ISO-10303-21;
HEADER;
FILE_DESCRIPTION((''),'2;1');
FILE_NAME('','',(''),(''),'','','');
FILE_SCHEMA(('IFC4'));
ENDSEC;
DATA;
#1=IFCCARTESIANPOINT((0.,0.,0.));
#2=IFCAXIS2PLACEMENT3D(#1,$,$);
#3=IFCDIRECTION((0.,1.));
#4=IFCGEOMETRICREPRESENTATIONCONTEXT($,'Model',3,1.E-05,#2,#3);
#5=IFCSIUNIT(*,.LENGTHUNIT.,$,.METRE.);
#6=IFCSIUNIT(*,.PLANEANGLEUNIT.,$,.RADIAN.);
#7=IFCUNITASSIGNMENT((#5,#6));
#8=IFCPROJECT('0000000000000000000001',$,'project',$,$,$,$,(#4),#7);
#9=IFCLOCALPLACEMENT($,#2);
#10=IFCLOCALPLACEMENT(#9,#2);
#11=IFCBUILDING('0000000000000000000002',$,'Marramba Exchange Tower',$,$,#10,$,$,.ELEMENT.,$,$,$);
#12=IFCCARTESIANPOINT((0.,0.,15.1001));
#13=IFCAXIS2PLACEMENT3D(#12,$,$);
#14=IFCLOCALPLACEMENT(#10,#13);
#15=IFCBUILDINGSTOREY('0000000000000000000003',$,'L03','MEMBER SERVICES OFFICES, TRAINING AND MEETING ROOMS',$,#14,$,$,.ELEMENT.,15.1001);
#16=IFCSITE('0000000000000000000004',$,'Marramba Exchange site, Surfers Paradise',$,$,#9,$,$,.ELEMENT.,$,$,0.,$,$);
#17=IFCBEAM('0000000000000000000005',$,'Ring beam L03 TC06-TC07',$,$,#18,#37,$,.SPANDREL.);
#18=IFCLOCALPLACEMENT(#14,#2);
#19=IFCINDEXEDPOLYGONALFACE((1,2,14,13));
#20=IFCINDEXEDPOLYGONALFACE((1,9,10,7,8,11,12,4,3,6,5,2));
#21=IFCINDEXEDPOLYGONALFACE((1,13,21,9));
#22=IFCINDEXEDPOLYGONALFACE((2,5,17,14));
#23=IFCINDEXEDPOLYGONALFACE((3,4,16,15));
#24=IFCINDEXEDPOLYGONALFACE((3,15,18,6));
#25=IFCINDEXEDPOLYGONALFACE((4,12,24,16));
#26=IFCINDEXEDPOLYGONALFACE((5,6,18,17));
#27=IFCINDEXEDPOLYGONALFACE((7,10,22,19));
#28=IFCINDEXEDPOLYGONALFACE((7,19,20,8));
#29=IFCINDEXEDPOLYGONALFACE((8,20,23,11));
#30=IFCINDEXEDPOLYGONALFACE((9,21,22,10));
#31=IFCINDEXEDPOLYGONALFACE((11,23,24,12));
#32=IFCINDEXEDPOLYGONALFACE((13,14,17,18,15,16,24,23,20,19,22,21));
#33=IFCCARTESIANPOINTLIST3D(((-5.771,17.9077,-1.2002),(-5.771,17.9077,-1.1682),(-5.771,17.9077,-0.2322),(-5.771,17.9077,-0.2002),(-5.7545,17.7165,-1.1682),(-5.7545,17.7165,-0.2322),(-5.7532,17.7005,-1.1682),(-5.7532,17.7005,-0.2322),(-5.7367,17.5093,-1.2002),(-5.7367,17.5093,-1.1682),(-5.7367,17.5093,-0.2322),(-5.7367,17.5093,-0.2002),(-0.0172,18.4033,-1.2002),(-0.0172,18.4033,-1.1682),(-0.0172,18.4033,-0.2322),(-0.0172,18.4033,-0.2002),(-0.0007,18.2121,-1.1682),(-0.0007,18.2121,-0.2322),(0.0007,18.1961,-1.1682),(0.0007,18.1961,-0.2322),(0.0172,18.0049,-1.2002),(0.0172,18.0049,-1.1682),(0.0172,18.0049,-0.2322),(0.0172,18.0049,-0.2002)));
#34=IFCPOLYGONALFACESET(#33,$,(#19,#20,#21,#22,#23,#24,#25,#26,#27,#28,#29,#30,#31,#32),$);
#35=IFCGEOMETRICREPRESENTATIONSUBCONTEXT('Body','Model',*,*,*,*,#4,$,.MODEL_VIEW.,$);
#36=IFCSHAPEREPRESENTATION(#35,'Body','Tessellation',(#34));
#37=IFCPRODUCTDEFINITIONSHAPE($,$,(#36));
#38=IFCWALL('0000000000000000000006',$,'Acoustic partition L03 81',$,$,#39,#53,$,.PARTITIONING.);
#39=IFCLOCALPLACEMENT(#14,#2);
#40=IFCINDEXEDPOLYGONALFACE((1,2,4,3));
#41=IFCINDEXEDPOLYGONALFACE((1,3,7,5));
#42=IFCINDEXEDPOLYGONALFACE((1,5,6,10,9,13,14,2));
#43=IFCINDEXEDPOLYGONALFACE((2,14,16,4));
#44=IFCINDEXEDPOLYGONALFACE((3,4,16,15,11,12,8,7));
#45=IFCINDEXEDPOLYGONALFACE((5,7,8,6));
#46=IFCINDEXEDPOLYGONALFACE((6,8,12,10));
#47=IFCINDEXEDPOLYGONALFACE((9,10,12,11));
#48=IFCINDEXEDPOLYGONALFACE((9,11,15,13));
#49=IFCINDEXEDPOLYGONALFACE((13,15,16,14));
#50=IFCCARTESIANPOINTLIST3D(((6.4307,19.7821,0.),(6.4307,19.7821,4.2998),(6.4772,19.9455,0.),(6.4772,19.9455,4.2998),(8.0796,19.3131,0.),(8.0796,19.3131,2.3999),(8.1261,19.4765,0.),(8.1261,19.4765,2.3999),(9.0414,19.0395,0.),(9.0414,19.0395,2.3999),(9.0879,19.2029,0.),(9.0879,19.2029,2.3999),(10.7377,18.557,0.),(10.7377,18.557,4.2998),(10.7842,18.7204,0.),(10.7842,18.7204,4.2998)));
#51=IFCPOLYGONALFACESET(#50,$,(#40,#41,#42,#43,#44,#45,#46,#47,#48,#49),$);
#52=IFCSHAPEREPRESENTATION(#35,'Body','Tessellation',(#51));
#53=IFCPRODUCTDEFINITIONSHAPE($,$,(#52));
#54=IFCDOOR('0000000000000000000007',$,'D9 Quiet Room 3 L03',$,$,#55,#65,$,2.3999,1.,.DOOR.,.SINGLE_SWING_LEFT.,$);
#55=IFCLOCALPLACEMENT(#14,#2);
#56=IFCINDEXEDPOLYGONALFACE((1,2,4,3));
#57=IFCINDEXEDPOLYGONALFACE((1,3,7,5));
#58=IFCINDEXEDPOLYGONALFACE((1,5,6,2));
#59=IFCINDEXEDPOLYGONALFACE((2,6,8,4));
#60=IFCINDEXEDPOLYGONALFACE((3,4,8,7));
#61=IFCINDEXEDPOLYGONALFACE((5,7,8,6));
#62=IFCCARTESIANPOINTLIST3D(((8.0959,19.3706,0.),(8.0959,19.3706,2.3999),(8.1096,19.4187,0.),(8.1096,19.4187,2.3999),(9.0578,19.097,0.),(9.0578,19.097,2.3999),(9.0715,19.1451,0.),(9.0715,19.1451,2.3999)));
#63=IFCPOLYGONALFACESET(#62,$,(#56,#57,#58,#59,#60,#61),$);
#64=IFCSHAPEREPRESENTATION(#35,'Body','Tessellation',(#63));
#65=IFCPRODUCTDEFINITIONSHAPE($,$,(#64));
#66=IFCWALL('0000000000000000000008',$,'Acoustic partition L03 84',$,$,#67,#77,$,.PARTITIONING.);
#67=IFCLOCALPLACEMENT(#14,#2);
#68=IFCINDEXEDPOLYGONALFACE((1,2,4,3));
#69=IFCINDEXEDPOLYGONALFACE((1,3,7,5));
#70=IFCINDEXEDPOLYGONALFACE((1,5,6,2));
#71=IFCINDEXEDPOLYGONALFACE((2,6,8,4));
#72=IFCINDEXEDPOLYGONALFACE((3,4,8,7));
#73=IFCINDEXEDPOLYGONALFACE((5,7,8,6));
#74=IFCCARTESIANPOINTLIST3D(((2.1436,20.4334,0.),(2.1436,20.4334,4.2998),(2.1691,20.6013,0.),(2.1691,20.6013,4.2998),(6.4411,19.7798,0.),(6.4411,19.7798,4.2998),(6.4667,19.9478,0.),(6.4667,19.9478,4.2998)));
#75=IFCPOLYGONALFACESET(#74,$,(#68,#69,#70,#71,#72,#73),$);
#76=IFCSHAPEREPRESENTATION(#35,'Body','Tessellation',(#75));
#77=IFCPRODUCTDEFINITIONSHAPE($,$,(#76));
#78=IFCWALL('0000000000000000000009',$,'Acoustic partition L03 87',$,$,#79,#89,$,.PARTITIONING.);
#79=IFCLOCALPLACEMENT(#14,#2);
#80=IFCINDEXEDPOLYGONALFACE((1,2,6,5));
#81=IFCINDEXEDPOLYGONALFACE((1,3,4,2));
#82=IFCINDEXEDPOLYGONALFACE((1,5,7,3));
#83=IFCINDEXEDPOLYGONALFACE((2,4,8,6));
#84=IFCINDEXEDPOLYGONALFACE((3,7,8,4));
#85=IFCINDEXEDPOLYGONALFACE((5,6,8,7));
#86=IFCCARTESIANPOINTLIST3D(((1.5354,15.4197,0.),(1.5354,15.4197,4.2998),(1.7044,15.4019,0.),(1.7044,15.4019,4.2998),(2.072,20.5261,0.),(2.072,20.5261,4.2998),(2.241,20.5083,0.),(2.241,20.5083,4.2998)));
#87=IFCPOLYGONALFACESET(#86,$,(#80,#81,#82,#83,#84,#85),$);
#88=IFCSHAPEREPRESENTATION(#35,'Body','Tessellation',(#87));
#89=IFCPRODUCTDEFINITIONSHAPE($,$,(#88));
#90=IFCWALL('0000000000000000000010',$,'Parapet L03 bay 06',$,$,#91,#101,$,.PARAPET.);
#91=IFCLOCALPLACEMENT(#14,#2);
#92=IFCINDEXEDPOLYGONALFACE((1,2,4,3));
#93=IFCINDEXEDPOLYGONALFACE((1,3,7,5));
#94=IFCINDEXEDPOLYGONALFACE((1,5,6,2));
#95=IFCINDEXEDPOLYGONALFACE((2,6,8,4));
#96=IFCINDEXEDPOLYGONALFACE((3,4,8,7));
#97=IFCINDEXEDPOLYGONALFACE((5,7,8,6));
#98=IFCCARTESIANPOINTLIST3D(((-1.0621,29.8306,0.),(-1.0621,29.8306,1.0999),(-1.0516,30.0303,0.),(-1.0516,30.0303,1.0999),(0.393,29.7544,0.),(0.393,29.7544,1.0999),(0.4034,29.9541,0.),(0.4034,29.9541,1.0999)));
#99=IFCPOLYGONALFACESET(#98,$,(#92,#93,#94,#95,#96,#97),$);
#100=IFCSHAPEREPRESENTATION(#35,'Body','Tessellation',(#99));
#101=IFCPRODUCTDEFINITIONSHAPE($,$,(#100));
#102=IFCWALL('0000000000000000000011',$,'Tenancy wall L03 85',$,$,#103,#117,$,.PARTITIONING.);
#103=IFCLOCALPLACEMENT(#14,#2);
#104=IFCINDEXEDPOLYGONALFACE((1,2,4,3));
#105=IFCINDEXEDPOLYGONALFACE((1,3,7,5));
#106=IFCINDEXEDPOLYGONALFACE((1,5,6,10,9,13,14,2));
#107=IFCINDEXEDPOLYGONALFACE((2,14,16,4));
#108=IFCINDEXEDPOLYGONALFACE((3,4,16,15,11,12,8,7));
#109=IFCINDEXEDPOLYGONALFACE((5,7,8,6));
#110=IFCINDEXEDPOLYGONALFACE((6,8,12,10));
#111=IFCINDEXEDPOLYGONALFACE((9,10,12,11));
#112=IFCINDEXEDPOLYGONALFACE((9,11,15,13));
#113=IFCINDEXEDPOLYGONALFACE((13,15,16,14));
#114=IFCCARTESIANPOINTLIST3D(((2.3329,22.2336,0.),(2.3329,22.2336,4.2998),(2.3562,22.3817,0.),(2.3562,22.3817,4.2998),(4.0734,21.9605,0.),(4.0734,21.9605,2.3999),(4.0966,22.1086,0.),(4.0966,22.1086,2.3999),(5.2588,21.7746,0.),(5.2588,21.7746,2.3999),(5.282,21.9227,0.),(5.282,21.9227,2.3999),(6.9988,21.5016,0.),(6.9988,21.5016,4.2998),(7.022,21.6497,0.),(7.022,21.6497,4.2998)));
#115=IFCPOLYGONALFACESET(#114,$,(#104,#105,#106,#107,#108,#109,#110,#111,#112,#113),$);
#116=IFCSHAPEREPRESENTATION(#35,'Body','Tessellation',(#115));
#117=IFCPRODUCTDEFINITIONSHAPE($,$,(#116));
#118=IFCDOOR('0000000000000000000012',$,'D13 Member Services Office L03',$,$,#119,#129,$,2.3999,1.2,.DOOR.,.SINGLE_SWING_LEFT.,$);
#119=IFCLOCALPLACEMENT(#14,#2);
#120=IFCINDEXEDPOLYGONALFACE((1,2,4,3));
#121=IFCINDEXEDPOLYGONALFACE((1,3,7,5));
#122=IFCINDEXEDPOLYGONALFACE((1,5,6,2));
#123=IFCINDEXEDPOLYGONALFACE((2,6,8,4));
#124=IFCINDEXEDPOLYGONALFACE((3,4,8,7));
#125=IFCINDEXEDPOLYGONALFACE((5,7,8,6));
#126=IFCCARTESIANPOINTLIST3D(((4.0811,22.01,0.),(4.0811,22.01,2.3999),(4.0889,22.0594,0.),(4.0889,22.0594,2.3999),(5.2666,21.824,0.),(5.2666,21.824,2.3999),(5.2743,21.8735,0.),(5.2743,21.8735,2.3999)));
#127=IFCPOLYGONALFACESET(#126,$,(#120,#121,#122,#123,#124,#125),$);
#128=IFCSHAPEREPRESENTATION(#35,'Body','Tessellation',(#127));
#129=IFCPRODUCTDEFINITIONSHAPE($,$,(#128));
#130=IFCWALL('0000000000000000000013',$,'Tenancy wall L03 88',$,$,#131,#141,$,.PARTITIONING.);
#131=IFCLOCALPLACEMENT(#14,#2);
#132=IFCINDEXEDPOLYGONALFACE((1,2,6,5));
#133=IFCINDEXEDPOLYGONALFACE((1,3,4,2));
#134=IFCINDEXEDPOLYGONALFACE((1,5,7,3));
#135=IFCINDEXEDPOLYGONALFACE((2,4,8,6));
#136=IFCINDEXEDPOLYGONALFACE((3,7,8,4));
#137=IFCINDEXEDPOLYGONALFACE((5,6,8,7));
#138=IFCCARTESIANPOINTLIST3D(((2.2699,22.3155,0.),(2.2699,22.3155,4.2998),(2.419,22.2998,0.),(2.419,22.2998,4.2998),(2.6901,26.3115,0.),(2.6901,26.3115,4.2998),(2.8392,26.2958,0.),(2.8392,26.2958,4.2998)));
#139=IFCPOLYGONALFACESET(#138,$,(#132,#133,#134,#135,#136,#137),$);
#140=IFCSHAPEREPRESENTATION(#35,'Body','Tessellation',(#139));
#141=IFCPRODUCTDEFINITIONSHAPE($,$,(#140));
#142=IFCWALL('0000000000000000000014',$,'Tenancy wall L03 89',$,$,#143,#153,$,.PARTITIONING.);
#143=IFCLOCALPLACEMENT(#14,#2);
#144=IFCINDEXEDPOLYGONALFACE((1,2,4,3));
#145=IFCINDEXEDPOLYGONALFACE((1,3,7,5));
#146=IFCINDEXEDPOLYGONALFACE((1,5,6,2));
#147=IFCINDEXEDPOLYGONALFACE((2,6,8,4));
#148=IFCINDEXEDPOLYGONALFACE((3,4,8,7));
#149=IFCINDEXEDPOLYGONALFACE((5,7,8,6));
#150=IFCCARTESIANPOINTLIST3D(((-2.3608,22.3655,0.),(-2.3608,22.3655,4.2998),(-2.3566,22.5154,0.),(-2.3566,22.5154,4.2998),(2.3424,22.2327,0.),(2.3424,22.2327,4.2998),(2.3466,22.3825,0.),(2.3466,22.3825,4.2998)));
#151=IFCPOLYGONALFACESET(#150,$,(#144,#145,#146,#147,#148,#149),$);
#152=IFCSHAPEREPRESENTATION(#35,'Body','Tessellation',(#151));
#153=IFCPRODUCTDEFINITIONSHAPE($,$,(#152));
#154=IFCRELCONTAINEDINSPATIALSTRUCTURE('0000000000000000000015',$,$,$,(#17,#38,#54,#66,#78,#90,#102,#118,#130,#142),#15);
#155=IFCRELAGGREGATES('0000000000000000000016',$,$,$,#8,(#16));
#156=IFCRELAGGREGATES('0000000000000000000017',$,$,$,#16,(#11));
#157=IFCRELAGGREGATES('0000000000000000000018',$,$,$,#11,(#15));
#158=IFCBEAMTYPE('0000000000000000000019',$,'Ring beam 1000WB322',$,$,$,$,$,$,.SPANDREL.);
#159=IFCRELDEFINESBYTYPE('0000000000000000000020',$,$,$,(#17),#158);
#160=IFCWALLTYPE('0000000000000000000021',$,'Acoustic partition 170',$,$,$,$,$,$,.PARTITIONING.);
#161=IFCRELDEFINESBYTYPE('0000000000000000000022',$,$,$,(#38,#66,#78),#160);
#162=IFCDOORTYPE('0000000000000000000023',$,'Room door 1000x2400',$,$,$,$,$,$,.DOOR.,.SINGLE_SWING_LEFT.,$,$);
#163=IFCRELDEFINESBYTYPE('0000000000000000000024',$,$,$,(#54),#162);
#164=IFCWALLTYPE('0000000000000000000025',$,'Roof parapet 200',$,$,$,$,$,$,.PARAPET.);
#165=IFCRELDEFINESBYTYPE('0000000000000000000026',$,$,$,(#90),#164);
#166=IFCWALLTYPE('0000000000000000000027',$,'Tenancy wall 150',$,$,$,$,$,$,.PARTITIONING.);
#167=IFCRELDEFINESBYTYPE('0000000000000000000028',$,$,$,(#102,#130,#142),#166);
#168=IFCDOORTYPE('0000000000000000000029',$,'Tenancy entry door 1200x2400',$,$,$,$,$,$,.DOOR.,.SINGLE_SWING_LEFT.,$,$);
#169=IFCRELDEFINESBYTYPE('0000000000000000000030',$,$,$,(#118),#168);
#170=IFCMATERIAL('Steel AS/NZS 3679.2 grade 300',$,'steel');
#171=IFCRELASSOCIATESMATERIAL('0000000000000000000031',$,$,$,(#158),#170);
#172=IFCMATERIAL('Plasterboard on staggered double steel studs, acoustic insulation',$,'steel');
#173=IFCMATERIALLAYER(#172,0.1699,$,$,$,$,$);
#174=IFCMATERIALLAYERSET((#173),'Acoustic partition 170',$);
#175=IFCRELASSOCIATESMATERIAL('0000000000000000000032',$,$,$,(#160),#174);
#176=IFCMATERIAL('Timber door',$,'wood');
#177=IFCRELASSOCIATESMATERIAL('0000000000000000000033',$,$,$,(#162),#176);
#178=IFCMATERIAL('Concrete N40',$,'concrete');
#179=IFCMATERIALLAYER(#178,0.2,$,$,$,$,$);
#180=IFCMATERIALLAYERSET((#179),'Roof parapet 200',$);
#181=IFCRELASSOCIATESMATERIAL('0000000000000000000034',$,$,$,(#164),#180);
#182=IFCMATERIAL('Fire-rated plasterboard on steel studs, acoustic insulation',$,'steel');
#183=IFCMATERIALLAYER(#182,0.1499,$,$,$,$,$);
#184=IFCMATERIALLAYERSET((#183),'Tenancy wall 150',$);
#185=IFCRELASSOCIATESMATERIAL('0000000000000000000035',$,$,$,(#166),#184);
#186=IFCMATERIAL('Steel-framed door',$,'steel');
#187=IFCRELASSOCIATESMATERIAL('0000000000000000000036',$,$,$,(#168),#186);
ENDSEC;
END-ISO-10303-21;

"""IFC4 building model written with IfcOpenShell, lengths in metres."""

from ifc_helpers import new_model, si_unit, direction, frame, frame_2d, origin, origin_2d, place, context, subcontext, project, spatial, rectangle, i_section, extrude, material, layer, layer_set, material_profile, profile_set, type_object, element, fill, save


model = new_model("IFC4")

# Units and contexts
model_context = context("Model", 3, precision=1e-05, world=origin(), true_north=direction((0.0, 1.0)))
body_context = subcontext(model_context, "Body", "Model", "MODEL_VIEW")
ifc_project = project(units=[si_unit("LENGTHUNIT", "METRE"), si_unit("PLANEANGLEUNIT", "RADIAN")], contexts=[model_context])

# Site, building, storey
site_placement = place(None, origin())
site = spatial("IfcSite", under=ifc_project, at=site_placement, Name="Marramba Exchange site, Surfers Paradise", CompositionType="ELEMENT", RefElevation=0.0)
building_placement = place(site_placement, origin())
building = spatial("IfcBuilding", under=site, at=building_placement, Name="Marramba Exchange Tower", CompositionType="ELEMENT")
storey_placement = place(building_placement, frame((0.0, 0.0, 15.1001)))
storey = spatial("IfcBuildingStorey", under=building, at=storey_placement, Name="L03", Description="MEMBER SERVICES OFFICES, TRAINING AND MEETING ROOMS", CompositionType="ELEMENT", Elevation=15.1001)

# Beam
ifc_material_1 = material(Name="Steel AS/NZS 3679.2 grade 300", Category="steel")
ifc_material_profile_1 = material_profile(ifc_material_1, i_section(OverallWidth=0.3999, OverallDepth=1.0, WebThickness=0.0161, FlangeThickness=0.032, at=origin_2d()), Name="1000WB322")
ifc_profile_set_1 = profile_set([ifc_material_profile_1], Name="Steel AS/NZS 3679.2 grade 300")
beam_type_1 = type_object("IfcBeamType", Name="Ring beam 1000WB322", PredefinedType="SPANDREL", material=ifc_profile_set_1)
for number, where, z_axis, x_axis, name in (
    (1, (0.0, 18.2041, -0.7002), (-0.996311, -0.085816, 0.0), (0.085816, -0.996311, 0.0), "Ring beam L03 TC06-TC07"),
):
    element("IfcBeam", number, at=place(storey_placement, frame(where, z_axis=z_axis, x_axis=x_axis)), inside=storey, type_object=beam_type_1, Name=name, PredefinedType="SPANDREL", context=body_context, shape_type="SweptSolid", body=[
        extrude(i_section(OverallWidth=0.3999, OverallDepth=1.0, WebThickness=0.0161, FlangeThickness=0.032, at=origin_2d()), origin(), (0.0, 0.0, 1.0), 5.7751),
    ])

# Wall, opening, door
ifc_material_2 = material(Name="Plasterboard on staggered double steel studs, acoustic insulation", Category="steel")
ifc_layer_1 = layer(ifc_material_2, 0.1699)
ifc_layer_set_1 = layer_set([ifc_layer_1], Name="Acoustic partition 170")
wall_type_1 = type_object("IfcWallType", Name="Acoustic partition 170", PredefinedType="PARTITIONING", material=ifc_layer_set_1)
wall_1_placement = place(storey_placement, frame((6.4541, 19.8638, 0.0), z_axis=(0.0, 0.0, 1.0), x_axis=(0.961844, -0.273598, 0.0)))
wall_1 = element("IfcWall", 2, at=wall_1_placement, inside=storey, type_object=wall_type_1, Name="Acoustic partition L03 81", PredefinedType="PARTITIONING", context=body_context, shape_type="SweptSolid", body=[
    extrude(rectangle(XDim=4.4778, YDim=0.1699, at=frame_2d((2.2388, 0.0))), origin(), (0.0, 0.0, 1.0), 4.2998),
])
opening_1_placement = place(wall_1_placement, frame((1.7141, 0.0, 0.0)))
opening_1 = element("IfcOpeningElement", 3, at=opening_1_placement, cuts=wall_1, PredefinedType="OPENING", context=body_context, shape_type="SweptSolid", body=[
    extrude(rectangle(XDim=1.0, YDim=2.3999, at=frame_2d((0.5, 1.2))), frame((0.0, 0.095, 0.0), z_axis=(0.0, -1.0, 0.0), x_axis=(1.0, 0.0, 0.0)), (0.0, 0.0, 1.0), 0.1899),
])
ifc_material_3 = material(Name="Timber door", Category="wood")
door_type_1 = type_object("IfcDoorType", Name="Room door 1000x2400", OperationType="SINGLE_SWING_LEFT", PredefinedType="DOOR", material=ifc_material_3)
door_1_placement = place(opening_1_placement, frame((1.0, 0.0, 0.0), z_axis=(0.0, 0.0, 1.0), x_axis=(-1.0, 0.0, 0.0)))
door_1 = element("IfcDoor", 4, at=door_1_placement, inside=storey, type_object=door_type_1, Name="D9 Quiet Room 3 L03", OperationType="SINGLE_SWING_LEFT", OverallHeight=2.3999, OverallWidth=1.0, PredefinedType="DOOR", context=body_context, shape_type="SweptSolid", body=[
    extrude(rectangle(XDim=1.0, YDim=2.3999, at=frame_2d((0.5, 1.2))), frame((0.0, 0.0251, 0.0), z_axis=(0.0, -1.0, 0.0), x_axis=(1.0, 0.0, 0.0)), (0.0, 0.0, 1.0), 0.05),
])
fill(opening_1, door_1)

# Walls
wall_2_placement = place(storey_placement, frame((2.1565, 20.5173, 0.0), z_axis=(0.0, 0.0, 1.0), x_axis=(0.988633, -0.150348, 0.0)))
element("IfcWall", 5, at=wall_2_placement, inside=storey, type_object=wall_type_1, Name="Acoustic partition L03 84", PredefinedType="PARTITIONING", context=body_context, shape_type="SweptSolid", body=[
    extrude(rectangle(XDim=4.3469, YDim=0.1699, at=frame_2d((2.1733, 0.0))), origin(), (0.0, 0.0, 1.0), 4.2998),
])
wall_3_placement = place(storey_placement, frame((2.1565, 20.5173, 0.0), z_axis=(0.0, 0.0, 1.0), x_axis=(-0.104512, -0.994524, 0.0)))
element("IfcWall", 6, at=wall_3_placement, inside=storey, type_object=wall_type_1, Name="Acoustic partition L03 87", PredefinedType="PARTITIONING", context=body_context, shape_type="SweptSolid", body=[
    extrude(rectangle(XDim=5.1345, YDim=0.1699, at=frame_2d((2.5674, 0.0))), origin(), (0.0, 0.0, 1.0), 4.2998),
])
ifc_material_4 = material(Name="Concrete N40", Category="concrete")
ifc_layer_2 = layer(ifc_material_4, 0.2)
ifc_layer_set_2 = layer_set([ifc_layer_2], Name="Roof parapet 200")
wall_type_2 = type_object("IfcWallType", Name="Roof parapet 200", PredefinedType="PARAPET", material=ifc_layer_set_2)
wall_4_placement = place(storey_placement, frame((0.3982, 29.8542, 0.0), z_axis=(0.0, 0.0, 1.0), x_axis=(-0.998633, 0.052277, 0.0)))
element("IfcWall", 7, at=wall_4_placement, inside=storey, type_object=wall_type_2, Name="Parapet L03 bay 06", PredefinedType="PARAPET", context=body_context, shape_type="SweptSolid", body=[
    extrude(rectangle(XDim=1.457, YDim=0.2, at=frame_2d((0.7285, 0.0))), origin(), (0.0, 0.0, 1.0), 1.0999),
])

# Wall, opening, door
ifc_material_5 = material(Name="Fire-rated plasterboard on steel studs, acoustic insulation", Category="steel")
ifc_layer_3 = layer(ifc_material_5, 0.1499)
ifc_layer_set_3 = layer_set([ifc_layer_3], Name="Tenancy wall 150")
wall_type_3 = type_object("IfcWallType", Name="Tenancy wall 150", PredefinedType="PARTITIONING", material=ifc_layer_set_3)
wall_5_placement = place(storey_placement, frame((7.0103, 21.5757, 0.0), z_axis=(0.0, 0.0, 1.0), x_axis=(-0.987918, 0.154978, 0.0)))
wall_5 = element("IfcWall", 8, at=wall_5_placement, inside=storey, type_object=wall_type_3, Name="Tenancy wall L03 85", PredefinedType="PARTITIONING", context=body_context, shape_type="SweptSolid", body=[
    extrude(rectangle(XDim=4.7229, YDim=0.1499, at=frame_2d((2.3613, 0.0))), origin(), (0.0, 0.0, 1.0), 4.2998),
])
opening_2_placement = place(wall_5_placement, frame((1.761, 0.0, 0.0)))
opening_2 = element("IfcOpeningElement", 9, at=opening_2_placement, cuts=wall_5, PredefinedType="OPENING", context=body_context, shape_type="SweptSolid", body=[
    extrude(rectangle(XDim=1.2, YDim=2.3999, at=frame_2d((0.6001, 1.2))), frame((0.0, 0.085, 0.0), z_axis=(0.0, -1.0, 0.0), x_axis=(1.0, 0.0, 0.0)), (0.0, 0.0, 1.0), 0.1699),
])
ifc_material_6 = material(Name="Steel-framed door", Category="steel")
door_type_2 = type_object("IfcDoorType", Name="Tenancy entry door 1200x2400", OperationType="SINGLE_SWING_LEFT", PredefinedType="DOOR", material=ifc_material_6)
door_2_placement = place(opening_2_placement, origin())
door_2 = element("IfcDoor", 10, at=door_2_placement, inside=storey, type_object=door_type_2, Name="D13 Member Services Office L03", OperationType="SINGLE_SWING_LEFT", OverallHeight=2.3999, OverallWidth=1.2, PredefinedType="DOOR", context=body_context, shape_type="SweptSolid", body=[
    extrude(rectangle(XDim=1.2, YDim=2.3999, at=frame_2d((0.6001, 1.2))), frame((0.0, 0.0249, 0.0), z_axis=(0.0, -1.0, 0.0), x_axis=(1.0, 0.0, 0.0)), (0.0, 0.0, 1.0), 0.05),
])
fill(opening_2, door_2)

# Walls
wall_6_placement = place(storey_placement, frame((2.3445, 22.3076, 0.0), z_axis=(0.0, 0.0, 1.0), x_axis=(0.104568, 0.994518, 0.0)))
element("IfcWall", 11, at=wall_6_placement, inside=storey, type_object=wall_type_3, Name="Tenancy wall L03 88", PredefinedType="PARTITIONING", context=body_context, shape_type="SweptSolid", body=[
    extrude(rectangle(XDim=4.0181, YDim=0.1499, at=frame_2d((2.009, 0.0))), origin(), (0.0, 0.0, 1.0), 4.2998),
])
wall_7_placement = place(storey_placement, frame((2.3445, 22.3076, 0.0), z_axis=(0.0, 0.0, 1.0), x_axis=(-0.999602, 0.028228, 0.0)))
element("IfcWall", 12, at=wall_7_placement, inside=storey, type_object=wall_type_3, Name="Tenancy wall L03 89", PredefinedType="PARTITIONING", context=body_context, shape_type="SweptSolid", body=[
    extrude(rectangle(XDim=4.7051, YDim=0.1499, at=frame_2d((2.3525, 0.0))), origin(), (0.0, 0.0, 1.0), 4.2998),
])

save(model, "model.ifc")
